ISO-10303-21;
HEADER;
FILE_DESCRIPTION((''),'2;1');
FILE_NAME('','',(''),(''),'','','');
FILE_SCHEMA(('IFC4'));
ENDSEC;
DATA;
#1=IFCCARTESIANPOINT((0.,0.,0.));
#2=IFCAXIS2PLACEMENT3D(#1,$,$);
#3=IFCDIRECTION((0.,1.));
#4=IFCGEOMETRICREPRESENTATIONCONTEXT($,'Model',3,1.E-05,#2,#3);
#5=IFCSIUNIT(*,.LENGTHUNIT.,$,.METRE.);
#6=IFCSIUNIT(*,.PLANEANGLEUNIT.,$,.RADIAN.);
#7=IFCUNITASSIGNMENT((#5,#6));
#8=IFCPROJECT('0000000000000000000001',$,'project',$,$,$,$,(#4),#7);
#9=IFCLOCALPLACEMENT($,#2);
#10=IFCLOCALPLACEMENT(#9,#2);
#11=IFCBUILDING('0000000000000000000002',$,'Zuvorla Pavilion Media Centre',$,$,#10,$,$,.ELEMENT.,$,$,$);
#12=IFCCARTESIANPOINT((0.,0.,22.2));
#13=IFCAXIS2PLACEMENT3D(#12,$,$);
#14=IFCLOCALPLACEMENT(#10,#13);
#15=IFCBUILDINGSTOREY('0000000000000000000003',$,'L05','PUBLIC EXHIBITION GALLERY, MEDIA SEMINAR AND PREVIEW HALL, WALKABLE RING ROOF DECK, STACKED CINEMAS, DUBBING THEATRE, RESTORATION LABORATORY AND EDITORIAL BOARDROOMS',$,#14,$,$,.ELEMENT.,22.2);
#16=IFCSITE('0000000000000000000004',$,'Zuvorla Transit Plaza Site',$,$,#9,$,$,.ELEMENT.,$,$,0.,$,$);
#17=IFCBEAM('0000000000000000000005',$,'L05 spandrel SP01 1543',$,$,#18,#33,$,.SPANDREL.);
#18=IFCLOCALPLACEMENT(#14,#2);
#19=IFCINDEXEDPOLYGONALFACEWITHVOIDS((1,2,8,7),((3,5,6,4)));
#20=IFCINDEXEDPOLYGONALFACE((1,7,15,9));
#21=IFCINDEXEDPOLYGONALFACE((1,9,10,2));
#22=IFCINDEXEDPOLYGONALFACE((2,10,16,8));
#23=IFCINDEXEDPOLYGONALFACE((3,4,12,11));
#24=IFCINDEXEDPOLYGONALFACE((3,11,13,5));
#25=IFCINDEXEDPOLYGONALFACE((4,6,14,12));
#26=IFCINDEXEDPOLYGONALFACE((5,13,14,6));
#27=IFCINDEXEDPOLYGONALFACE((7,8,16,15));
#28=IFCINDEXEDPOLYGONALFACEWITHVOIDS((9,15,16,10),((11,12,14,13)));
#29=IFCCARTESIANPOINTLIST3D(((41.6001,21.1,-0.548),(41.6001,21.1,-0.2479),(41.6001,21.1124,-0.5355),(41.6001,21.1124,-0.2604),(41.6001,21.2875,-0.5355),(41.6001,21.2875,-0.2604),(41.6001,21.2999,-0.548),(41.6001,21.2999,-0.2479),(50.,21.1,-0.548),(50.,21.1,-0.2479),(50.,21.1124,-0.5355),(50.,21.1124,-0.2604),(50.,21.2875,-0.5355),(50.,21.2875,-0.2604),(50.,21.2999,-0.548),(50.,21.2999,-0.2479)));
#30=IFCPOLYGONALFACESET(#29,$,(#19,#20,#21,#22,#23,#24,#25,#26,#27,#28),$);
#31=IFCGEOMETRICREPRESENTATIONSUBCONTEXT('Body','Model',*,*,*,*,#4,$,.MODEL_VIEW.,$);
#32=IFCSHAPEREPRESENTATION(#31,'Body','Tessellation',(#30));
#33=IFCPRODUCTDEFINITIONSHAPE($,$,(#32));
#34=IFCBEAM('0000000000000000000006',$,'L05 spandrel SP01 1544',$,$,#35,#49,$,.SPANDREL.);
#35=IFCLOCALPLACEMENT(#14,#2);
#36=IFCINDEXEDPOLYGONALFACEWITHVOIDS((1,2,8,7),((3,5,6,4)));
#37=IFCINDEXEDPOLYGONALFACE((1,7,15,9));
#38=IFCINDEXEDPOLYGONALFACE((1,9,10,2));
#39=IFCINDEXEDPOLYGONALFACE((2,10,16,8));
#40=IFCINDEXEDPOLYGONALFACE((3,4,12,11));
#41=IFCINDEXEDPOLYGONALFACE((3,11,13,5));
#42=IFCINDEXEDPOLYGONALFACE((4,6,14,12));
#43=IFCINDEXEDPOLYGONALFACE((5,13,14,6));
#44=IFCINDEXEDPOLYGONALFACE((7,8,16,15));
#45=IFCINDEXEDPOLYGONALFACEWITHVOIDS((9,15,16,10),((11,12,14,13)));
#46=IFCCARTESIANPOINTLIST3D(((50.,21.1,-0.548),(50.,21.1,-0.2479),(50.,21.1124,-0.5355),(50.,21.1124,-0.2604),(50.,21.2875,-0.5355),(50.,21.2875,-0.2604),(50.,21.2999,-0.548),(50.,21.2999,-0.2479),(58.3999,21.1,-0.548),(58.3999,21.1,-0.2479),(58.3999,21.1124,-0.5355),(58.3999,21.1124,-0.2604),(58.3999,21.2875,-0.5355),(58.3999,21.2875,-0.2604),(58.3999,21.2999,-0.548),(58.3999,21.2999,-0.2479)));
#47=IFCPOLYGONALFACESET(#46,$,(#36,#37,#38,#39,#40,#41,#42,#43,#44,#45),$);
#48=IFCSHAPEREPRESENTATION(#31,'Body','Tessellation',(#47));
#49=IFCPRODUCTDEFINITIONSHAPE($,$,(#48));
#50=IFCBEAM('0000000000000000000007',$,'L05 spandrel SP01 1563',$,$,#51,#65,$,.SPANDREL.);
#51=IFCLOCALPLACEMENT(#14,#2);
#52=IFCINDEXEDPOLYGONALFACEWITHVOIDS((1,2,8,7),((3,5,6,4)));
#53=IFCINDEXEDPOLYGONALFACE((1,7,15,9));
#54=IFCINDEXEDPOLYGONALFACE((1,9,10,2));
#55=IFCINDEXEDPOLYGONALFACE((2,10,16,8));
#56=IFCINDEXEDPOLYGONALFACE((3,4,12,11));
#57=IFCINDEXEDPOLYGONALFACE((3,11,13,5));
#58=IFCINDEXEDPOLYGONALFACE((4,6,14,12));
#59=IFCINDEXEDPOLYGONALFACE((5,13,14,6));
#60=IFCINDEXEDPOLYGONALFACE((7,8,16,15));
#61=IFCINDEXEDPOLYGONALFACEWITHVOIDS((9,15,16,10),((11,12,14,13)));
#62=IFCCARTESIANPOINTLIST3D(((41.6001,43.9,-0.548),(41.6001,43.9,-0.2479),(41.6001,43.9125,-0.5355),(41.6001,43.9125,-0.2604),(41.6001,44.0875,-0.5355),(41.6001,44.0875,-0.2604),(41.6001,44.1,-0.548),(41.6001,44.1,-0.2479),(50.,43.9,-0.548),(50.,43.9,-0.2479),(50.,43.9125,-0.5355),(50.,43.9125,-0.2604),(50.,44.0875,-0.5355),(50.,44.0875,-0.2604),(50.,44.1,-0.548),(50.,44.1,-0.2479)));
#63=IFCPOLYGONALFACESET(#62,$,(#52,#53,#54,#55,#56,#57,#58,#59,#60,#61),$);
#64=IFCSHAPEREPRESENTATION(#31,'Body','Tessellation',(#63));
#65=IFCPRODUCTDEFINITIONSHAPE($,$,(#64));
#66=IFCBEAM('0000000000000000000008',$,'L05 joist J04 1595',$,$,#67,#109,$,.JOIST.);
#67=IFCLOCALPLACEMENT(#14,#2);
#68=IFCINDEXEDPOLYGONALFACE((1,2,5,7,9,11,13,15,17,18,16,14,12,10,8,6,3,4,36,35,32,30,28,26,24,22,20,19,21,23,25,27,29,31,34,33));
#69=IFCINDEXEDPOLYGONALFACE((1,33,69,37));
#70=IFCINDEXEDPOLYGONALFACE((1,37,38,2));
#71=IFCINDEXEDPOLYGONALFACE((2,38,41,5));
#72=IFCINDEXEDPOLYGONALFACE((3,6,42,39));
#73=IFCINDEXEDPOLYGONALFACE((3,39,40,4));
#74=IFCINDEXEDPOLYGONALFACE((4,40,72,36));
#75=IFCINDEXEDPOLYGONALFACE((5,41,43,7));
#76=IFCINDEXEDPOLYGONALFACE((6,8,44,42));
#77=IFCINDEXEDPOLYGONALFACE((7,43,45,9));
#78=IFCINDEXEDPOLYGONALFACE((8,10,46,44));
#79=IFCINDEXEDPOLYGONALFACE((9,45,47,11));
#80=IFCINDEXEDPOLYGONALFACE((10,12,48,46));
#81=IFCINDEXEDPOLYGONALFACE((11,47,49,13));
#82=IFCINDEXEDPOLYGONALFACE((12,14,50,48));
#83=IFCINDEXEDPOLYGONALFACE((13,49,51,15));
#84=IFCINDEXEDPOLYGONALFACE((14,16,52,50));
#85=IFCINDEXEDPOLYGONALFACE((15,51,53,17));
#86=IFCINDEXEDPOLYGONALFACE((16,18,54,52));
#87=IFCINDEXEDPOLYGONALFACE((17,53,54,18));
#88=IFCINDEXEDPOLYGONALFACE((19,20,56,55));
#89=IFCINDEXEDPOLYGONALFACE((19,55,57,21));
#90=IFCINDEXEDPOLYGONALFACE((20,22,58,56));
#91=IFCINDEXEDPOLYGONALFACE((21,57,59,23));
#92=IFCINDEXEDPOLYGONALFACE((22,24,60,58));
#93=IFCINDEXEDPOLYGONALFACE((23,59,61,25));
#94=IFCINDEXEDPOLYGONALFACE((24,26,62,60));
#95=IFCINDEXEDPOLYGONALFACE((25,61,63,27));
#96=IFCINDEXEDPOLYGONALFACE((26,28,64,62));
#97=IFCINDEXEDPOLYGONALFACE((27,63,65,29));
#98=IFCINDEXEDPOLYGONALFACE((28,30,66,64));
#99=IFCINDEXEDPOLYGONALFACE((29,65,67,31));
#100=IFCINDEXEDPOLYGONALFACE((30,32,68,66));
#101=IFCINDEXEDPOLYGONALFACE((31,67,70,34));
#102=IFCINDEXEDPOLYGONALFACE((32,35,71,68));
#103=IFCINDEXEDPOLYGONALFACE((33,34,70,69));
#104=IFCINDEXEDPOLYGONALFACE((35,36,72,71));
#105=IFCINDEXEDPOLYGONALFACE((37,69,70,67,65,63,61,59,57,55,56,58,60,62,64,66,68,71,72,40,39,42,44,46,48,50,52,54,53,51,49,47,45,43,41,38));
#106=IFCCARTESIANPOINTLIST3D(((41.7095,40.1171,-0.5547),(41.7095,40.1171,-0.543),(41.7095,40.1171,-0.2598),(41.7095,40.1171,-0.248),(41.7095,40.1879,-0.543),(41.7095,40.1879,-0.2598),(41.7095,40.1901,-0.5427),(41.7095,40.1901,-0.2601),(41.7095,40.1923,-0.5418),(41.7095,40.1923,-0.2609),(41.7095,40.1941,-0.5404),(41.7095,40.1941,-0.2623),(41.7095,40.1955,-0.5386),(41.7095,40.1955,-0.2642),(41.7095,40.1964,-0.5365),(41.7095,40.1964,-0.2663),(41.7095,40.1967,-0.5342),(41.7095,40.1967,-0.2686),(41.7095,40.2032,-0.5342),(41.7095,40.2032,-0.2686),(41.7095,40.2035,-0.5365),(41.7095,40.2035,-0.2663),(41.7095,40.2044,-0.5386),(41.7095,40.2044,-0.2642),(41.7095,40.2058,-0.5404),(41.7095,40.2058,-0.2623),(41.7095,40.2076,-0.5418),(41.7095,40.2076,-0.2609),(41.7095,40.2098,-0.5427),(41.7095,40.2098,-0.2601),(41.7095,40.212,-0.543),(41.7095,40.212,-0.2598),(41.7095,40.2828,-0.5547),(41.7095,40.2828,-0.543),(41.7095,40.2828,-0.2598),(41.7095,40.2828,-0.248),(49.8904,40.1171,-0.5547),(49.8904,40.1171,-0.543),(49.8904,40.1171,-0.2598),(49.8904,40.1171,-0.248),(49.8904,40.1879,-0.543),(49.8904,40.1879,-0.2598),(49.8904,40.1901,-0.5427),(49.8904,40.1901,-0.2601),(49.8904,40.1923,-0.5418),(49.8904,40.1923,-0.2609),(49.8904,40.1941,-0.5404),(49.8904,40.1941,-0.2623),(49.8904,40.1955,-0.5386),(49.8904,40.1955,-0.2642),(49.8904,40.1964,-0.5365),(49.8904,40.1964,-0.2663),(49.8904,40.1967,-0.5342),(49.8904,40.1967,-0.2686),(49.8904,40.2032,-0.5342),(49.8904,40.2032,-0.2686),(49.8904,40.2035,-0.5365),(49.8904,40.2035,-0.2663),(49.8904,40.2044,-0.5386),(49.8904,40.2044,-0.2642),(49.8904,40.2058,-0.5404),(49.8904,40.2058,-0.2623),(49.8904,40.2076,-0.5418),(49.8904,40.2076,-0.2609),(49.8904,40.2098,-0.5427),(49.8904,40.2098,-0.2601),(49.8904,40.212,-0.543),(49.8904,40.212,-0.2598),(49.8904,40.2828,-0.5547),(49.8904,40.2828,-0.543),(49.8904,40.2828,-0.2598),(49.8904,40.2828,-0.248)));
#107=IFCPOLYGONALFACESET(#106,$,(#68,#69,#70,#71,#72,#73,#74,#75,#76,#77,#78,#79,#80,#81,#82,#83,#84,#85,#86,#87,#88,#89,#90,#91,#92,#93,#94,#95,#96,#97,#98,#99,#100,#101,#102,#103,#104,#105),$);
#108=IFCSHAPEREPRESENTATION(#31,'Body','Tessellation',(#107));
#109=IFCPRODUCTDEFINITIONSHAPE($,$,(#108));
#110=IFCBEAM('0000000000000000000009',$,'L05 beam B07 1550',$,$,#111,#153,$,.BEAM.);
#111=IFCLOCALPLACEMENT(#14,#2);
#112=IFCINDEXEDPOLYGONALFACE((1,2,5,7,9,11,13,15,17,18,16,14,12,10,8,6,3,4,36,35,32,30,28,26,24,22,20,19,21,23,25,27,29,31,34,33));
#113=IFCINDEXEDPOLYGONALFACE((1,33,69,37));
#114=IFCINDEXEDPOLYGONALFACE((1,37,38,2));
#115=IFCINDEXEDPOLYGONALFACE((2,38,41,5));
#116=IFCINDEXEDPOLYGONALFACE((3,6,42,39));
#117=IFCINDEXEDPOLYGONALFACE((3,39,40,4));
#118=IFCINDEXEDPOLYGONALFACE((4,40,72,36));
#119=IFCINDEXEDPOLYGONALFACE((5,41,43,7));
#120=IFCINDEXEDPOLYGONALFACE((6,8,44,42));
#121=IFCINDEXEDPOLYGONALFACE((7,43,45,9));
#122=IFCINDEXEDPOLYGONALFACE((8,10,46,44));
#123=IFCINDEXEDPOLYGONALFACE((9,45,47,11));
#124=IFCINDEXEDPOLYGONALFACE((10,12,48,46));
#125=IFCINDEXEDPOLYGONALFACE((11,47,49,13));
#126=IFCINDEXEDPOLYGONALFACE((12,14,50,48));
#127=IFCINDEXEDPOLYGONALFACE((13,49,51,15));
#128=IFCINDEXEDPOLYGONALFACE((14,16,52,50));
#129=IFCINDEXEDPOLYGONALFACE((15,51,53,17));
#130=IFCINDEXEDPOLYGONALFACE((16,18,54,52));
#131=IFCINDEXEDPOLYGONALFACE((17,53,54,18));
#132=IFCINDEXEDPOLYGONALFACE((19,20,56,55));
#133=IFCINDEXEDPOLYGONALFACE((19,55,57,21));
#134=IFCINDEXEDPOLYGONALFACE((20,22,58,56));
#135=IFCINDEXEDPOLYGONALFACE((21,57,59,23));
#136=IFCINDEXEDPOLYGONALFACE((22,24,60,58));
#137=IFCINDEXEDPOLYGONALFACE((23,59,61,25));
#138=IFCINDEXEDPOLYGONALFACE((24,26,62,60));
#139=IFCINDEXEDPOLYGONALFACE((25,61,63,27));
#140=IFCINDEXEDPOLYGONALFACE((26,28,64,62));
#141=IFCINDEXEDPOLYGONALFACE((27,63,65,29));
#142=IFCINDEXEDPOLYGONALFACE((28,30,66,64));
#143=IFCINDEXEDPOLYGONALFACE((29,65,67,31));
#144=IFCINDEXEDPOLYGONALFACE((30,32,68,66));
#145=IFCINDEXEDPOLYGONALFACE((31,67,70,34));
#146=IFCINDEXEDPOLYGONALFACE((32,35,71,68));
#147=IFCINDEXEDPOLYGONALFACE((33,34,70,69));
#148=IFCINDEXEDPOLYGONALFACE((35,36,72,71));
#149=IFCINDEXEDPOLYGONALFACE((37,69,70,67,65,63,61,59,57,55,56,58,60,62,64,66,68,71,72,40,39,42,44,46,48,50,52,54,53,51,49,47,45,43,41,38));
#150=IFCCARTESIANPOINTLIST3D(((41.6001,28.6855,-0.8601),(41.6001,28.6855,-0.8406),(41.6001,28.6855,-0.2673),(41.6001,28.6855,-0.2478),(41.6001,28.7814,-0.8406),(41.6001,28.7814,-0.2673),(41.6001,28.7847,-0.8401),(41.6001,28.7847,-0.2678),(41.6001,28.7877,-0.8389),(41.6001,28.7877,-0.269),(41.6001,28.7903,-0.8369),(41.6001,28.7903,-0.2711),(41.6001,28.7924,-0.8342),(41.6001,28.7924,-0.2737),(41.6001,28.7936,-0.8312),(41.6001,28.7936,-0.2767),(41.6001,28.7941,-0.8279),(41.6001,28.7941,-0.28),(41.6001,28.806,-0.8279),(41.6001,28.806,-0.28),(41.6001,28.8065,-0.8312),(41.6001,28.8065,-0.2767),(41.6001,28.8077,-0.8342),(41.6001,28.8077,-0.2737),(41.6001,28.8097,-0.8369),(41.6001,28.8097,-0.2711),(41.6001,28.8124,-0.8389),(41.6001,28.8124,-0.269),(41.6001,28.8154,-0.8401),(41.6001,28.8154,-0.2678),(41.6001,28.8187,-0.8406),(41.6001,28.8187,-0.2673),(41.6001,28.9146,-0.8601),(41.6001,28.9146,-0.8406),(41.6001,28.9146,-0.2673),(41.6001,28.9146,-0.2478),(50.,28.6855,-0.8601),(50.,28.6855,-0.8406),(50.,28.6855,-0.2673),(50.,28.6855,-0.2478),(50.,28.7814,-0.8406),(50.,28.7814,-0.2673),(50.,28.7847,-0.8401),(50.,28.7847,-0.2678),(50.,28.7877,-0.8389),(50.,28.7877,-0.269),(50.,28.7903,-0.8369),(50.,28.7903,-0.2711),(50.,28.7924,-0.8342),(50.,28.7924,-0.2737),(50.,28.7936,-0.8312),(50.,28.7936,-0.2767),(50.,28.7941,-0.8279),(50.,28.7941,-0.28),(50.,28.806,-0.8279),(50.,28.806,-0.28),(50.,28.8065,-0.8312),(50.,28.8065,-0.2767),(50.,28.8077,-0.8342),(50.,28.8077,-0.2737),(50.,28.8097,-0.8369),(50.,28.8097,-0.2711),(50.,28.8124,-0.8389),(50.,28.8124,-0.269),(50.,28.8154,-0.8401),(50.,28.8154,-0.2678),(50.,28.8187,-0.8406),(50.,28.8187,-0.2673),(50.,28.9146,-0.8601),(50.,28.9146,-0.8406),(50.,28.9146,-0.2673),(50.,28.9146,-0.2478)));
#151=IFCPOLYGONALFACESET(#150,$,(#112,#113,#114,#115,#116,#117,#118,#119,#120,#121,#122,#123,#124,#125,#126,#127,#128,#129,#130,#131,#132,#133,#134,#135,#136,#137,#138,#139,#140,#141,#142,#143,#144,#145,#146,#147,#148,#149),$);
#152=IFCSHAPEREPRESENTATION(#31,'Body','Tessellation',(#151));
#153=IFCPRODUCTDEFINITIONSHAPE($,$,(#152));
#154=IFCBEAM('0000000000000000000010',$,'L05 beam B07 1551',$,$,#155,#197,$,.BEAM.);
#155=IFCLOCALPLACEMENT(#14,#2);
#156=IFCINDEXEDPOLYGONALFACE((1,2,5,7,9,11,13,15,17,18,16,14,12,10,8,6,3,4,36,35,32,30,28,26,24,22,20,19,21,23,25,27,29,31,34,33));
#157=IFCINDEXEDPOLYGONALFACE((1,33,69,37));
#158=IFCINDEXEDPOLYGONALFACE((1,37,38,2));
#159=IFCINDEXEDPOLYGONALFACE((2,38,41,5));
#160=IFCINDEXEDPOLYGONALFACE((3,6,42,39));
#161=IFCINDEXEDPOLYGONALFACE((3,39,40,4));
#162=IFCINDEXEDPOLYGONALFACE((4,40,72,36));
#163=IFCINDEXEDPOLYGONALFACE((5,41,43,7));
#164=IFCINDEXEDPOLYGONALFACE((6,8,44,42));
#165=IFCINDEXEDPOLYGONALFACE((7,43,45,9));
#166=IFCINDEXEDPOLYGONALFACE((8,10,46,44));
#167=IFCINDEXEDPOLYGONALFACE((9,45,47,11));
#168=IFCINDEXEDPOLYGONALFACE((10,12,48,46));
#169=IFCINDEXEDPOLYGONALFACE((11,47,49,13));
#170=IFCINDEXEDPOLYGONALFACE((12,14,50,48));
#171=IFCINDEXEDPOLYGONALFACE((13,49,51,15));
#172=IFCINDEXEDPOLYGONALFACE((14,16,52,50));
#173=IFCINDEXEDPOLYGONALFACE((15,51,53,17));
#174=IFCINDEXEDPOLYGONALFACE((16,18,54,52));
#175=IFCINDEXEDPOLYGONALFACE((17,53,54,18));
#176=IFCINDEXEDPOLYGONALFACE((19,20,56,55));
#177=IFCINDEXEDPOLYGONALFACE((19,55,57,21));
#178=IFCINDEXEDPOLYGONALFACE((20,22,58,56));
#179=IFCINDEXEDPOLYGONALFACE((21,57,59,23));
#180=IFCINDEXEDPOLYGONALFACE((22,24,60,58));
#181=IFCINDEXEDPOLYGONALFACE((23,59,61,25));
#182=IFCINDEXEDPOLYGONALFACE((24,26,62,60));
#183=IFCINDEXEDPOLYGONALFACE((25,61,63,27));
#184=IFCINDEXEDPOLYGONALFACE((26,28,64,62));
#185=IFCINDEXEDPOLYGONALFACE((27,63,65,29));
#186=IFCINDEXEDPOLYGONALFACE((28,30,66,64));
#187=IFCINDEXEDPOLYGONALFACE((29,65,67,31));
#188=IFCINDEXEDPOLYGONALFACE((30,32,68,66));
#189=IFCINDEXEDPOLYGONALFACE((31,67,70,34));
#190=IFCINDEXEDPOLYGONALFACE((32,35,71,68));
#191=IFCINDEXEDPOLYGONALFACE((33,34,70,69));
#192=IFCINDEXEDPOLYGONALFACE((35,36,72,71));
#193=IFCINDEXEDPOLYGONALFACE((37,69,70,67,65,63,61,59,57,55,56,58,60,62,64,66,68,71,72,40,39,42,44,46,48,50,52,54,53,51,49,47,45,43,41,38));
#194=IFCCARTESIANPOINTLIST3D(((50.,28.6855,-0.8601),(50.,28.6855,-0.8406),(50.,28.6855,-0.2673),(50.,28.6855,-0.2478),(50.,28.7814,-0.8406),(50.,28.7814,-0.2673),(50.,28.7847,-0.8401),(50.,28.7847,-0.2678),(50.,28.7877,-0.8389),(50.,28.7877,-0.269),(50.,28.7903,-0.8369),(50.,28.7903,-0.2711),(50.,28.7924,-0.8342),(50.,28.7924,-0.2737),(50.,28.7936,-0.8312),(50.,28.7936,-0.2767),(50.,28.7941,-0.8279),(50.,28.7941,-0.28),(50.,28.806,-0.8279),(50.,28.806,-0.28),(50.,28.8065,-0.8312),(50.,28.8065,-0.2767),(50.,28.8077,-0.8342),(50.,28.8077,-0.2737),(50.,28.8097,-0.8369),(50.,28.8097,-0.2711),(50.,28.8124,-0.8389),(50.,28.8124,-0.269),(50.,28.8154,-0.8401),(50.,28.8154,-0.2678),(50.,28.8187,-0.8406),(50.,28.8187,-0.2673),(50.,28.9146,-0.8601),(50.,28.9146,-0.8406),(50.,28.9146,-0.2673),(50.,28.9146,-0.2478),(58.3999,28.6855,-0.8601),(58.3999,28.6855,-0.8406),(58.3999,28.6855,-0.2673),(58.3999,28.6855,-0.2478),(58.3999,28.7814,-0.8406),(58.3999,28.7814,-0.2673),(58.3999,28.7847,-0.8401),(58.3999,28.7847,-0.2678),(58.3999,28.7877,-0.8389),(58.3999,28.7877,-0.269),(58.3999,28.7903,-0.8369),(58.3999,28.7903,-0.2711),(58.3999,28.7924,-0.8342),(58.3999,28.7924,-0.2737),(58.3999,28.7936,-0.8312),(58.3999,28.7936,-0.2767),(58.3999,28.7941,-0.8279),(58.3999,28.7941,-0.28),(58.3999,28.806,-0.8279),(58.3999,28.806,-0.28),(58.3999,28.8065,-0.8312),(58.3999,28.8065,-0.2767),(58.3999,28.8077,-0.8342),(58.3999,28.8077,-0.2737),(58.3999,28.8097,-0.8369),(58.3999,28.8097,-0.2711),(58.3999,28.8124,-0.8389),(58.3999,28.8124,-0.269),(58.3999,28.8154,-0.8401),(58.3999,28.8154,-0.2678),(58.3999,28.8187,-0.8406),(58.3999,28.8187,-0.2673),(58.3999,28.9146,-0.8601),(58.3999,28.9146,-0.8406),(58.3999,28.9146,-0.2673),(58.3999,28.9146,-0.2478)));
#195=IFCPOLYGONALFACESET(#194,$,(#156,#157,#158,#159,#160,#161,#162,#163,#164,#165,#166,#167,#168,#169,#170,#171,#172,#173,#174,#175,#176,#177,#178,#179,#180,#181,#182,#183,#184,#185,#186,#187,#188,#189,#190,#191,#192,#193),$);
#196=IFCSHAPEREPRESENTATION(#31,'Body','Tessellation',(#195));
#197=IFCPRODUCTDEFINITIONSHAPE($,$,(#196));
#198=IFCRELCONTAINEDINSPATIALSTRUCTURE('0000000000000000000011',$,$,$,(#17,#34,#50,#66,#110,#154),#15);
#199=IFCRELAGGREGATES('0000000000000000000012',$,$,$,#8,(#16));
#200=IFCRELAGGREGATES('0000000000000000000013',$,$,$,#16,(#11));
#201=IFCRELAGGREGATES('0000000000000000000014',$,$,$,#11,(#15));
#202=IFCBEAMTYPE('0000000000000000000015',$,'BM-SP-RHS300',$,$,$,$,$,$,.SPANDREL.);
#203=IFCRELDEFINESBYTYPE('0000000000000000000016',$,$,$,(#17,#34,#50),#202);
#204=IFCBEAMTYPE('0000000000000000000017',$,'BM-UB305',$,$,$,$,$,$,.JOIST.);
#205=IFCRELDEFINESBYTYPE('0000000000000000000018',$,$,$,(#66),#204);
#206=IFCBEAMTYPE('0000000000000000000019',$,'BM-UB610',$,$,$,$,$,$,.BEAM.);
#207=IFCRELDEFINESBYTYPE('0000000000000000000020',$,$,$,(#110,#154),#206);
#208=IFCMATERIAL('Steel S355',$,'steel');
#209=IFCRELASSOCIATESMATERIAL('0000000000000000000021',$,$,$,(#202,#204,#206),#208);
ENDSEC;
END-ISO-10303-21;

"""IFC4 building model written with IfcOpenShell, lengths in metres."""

from ifc_helpers import new_model, si_unit, direction, frame, origin, origin_2d, place, context, subcontext, project, spatial, hollow_rectangle, i_section, extrude, material, material_profile, profile_set, type_object, element, save


model = new_model("IFC4")

# Units and contexts
model_context = context("Model", 3, precision=1e-05, world=origin(), true_north=direction((0.0, 1.0)))
body_context = subcontext(model_context, "Body", "Model", "MODEL_VIEW")
ifc_project = project(units=[si_unit("LENGTHUNIT", "METRE"), si_unit("PLANEANGLEUNIT", "RADIAN")], contexts=[model_context])

# Site, building, storey
site_placement = place(None, origin())
site = spatial("IfcSite", under=ifc_project, at=site_placement, Name="Zuvorla Transit Plaza Site", CompositionType="ELEMENT", RefElevation=0.0)
building_placement = place(site_placement, origin())
building = spatial("IfcBuilding", under=site, at=building_placement, Name="Zuvorla Pavilion Media Centre", CompositionType="ELEMENT")
storey_placement = place(building_placement, frame((0.0, 0.0, 22.2)))
storey = spatial("IfcBuildingStorey", under=building, at=storey_placement, Name="L05", Description="PUBLIC EXHIBITION GALLERY, MEDIA SEMINAR AND PREVIEW HALL, WALKABLE RING ROOF DECK, STACKED CINEMAS, DUBBING THEATRE, RESTORATION LABORATORY AND EDITORIAL BOARDROOMS", CompositionType="ELEMENT", Elevation=22.2)

# Beams
ifc_material_1 = material(Name="Steel S355", Category="steel")
ifc_material_profile_1 = material_profile(ifc_material_1, hollow_rectangle(XDim=0.2, YDim=0.3, WallThickness=0.0125, at=origin_2d()), Name="RHS 300x200x12.5")
ifc_profile_set_1 = profile_set([ifc_material_profile_1], Name="Steel S355")
beam_type_1 = type_object("IfcBeamType", Name="BM-SP-RHS300", PredefinedType="SPANDREL", material=ifc_profile_set_1)
for number, where, z_axis, x_axis, name in (
    (1, (41.6001, 21.2, -0.3979), (1.0, 0.0, 0.0), (0.0, 1.0, 0.0), "L05 spandrel SP01 1543"),
    (2, (50.0, 21.2, -0.3979), (1.0, 0.0, 0.0), (0.0, 1.0, 0.0), "L05 spandrel SP01 1544"),
    (3, (41.6001, 44.0, -0.3979), (1.0, 0.0, 0.0), (0.0, 1.0, 0.0), "L05 spandrel SP01 1563"),
):
    element("IfcBeam", number, at=place(storey_placement, frame(where, z_axis=z_axis, x_axis=x_axis)), inside=storey, type_object=beam_type_1, Name=name, PredefinedType="SPANDREL", context=body_context, shape_type="SweptSolid", body=[
        extrude(hollow_rectangle(XDim=0.2, YDim=0.3, WallThickness=0.0125, at=origin_2d()), origin(), (0.0, 0.0, 1.0), 8.3999),
    ])
ifc_material_profile_2 = material_profile(ifc_material_1, i_section(OverallWidth=0.1658, OverallDepth=0.3066, WebThickness=0.0066, FlangeThickness=0.0117, FilletRadius=0.0088, at=origin_2d()), Name="UB 305x165x46")
ifc_profile_set_2 = profile_set([ifc_material_profile_2], Name="Steel S355")
beam_type_2 = type_object("IfcBeamType", Name="BM-UB305", PredefinedType="JOIST", material=ifc_profile_set_2)
beam_1_placement = place(storey_placement, frame((41.7095, 40.2, -0.4014), z_axis=(1.0, 0.0, 0.0), x_axis=(0.0, 1.0, 0.0)))
element("IfcBeam", 4, at=beam_1_placement, inside=storey, type_object=beam_type_2, Name="L05 joist J04 1595", PredefinedType="JOIST", context=body_context, shape_type="SweptSolid", body=[
    extrude(i_section(OverallWidth=0.1658, OverallDepth=0.3066, WebThickness=0.0066, FlangeThickness=0.0117, FilletRadius=0.0088, at=origin_2d()), origin(), (0.0, 0.0, 1.0), 8.1809),
])
ifc_material_profile_3 = material_profile(ifc_material_1, i_section(OverallWidth=0.229, OverallDepth=0.6123, WebThickness=0.012, FlangeThickness=0.0195, FilletRadius=0.0127, at=origin_2d()), Name="UB 610x229x125")
ifc_profile_set_3 = profile_set([ifc_material_profile_3], Name="Steel S355")
beam_type_3 = type_object("IfcBeamType", Name="BM-UB610", PredefinedType="BEAM", material=ifc_profile_set_3)
for number, where, z_axis, x_axis, name in (
    (5, (41.6001, 28.8, -0.554), (1.0, 0.0, 0.0), (0.0, 1.0, 0.0), "L05 beam B07 1550"),
    (6, (50.0, 28.8, -0.554), (1.0, 0.0, 0.0), (0.0, 1.0, 0.0), "L05 beam B07 1551"),
):
    element("IfcBeam", number, at=place(storey_placement, frame(where, z_axis=z_axis, x_axis=x_axis)), inside=storey, type_object=beam_type_3, Name=name, PredefinedType="BEAM", context=body_context, shape_type="SweptSolid", body=[
        extrude(i_section(OverallWidth=0.229, OverallDepth=0.6123, WebThickness=0.012, FlangeThickness=0.0195, FilletRadius=0.0127, at=origin_2d()), origin(), (0.0, 0.0, 1.0), 8.3999),
    ])

save(model, "model.ifc")
